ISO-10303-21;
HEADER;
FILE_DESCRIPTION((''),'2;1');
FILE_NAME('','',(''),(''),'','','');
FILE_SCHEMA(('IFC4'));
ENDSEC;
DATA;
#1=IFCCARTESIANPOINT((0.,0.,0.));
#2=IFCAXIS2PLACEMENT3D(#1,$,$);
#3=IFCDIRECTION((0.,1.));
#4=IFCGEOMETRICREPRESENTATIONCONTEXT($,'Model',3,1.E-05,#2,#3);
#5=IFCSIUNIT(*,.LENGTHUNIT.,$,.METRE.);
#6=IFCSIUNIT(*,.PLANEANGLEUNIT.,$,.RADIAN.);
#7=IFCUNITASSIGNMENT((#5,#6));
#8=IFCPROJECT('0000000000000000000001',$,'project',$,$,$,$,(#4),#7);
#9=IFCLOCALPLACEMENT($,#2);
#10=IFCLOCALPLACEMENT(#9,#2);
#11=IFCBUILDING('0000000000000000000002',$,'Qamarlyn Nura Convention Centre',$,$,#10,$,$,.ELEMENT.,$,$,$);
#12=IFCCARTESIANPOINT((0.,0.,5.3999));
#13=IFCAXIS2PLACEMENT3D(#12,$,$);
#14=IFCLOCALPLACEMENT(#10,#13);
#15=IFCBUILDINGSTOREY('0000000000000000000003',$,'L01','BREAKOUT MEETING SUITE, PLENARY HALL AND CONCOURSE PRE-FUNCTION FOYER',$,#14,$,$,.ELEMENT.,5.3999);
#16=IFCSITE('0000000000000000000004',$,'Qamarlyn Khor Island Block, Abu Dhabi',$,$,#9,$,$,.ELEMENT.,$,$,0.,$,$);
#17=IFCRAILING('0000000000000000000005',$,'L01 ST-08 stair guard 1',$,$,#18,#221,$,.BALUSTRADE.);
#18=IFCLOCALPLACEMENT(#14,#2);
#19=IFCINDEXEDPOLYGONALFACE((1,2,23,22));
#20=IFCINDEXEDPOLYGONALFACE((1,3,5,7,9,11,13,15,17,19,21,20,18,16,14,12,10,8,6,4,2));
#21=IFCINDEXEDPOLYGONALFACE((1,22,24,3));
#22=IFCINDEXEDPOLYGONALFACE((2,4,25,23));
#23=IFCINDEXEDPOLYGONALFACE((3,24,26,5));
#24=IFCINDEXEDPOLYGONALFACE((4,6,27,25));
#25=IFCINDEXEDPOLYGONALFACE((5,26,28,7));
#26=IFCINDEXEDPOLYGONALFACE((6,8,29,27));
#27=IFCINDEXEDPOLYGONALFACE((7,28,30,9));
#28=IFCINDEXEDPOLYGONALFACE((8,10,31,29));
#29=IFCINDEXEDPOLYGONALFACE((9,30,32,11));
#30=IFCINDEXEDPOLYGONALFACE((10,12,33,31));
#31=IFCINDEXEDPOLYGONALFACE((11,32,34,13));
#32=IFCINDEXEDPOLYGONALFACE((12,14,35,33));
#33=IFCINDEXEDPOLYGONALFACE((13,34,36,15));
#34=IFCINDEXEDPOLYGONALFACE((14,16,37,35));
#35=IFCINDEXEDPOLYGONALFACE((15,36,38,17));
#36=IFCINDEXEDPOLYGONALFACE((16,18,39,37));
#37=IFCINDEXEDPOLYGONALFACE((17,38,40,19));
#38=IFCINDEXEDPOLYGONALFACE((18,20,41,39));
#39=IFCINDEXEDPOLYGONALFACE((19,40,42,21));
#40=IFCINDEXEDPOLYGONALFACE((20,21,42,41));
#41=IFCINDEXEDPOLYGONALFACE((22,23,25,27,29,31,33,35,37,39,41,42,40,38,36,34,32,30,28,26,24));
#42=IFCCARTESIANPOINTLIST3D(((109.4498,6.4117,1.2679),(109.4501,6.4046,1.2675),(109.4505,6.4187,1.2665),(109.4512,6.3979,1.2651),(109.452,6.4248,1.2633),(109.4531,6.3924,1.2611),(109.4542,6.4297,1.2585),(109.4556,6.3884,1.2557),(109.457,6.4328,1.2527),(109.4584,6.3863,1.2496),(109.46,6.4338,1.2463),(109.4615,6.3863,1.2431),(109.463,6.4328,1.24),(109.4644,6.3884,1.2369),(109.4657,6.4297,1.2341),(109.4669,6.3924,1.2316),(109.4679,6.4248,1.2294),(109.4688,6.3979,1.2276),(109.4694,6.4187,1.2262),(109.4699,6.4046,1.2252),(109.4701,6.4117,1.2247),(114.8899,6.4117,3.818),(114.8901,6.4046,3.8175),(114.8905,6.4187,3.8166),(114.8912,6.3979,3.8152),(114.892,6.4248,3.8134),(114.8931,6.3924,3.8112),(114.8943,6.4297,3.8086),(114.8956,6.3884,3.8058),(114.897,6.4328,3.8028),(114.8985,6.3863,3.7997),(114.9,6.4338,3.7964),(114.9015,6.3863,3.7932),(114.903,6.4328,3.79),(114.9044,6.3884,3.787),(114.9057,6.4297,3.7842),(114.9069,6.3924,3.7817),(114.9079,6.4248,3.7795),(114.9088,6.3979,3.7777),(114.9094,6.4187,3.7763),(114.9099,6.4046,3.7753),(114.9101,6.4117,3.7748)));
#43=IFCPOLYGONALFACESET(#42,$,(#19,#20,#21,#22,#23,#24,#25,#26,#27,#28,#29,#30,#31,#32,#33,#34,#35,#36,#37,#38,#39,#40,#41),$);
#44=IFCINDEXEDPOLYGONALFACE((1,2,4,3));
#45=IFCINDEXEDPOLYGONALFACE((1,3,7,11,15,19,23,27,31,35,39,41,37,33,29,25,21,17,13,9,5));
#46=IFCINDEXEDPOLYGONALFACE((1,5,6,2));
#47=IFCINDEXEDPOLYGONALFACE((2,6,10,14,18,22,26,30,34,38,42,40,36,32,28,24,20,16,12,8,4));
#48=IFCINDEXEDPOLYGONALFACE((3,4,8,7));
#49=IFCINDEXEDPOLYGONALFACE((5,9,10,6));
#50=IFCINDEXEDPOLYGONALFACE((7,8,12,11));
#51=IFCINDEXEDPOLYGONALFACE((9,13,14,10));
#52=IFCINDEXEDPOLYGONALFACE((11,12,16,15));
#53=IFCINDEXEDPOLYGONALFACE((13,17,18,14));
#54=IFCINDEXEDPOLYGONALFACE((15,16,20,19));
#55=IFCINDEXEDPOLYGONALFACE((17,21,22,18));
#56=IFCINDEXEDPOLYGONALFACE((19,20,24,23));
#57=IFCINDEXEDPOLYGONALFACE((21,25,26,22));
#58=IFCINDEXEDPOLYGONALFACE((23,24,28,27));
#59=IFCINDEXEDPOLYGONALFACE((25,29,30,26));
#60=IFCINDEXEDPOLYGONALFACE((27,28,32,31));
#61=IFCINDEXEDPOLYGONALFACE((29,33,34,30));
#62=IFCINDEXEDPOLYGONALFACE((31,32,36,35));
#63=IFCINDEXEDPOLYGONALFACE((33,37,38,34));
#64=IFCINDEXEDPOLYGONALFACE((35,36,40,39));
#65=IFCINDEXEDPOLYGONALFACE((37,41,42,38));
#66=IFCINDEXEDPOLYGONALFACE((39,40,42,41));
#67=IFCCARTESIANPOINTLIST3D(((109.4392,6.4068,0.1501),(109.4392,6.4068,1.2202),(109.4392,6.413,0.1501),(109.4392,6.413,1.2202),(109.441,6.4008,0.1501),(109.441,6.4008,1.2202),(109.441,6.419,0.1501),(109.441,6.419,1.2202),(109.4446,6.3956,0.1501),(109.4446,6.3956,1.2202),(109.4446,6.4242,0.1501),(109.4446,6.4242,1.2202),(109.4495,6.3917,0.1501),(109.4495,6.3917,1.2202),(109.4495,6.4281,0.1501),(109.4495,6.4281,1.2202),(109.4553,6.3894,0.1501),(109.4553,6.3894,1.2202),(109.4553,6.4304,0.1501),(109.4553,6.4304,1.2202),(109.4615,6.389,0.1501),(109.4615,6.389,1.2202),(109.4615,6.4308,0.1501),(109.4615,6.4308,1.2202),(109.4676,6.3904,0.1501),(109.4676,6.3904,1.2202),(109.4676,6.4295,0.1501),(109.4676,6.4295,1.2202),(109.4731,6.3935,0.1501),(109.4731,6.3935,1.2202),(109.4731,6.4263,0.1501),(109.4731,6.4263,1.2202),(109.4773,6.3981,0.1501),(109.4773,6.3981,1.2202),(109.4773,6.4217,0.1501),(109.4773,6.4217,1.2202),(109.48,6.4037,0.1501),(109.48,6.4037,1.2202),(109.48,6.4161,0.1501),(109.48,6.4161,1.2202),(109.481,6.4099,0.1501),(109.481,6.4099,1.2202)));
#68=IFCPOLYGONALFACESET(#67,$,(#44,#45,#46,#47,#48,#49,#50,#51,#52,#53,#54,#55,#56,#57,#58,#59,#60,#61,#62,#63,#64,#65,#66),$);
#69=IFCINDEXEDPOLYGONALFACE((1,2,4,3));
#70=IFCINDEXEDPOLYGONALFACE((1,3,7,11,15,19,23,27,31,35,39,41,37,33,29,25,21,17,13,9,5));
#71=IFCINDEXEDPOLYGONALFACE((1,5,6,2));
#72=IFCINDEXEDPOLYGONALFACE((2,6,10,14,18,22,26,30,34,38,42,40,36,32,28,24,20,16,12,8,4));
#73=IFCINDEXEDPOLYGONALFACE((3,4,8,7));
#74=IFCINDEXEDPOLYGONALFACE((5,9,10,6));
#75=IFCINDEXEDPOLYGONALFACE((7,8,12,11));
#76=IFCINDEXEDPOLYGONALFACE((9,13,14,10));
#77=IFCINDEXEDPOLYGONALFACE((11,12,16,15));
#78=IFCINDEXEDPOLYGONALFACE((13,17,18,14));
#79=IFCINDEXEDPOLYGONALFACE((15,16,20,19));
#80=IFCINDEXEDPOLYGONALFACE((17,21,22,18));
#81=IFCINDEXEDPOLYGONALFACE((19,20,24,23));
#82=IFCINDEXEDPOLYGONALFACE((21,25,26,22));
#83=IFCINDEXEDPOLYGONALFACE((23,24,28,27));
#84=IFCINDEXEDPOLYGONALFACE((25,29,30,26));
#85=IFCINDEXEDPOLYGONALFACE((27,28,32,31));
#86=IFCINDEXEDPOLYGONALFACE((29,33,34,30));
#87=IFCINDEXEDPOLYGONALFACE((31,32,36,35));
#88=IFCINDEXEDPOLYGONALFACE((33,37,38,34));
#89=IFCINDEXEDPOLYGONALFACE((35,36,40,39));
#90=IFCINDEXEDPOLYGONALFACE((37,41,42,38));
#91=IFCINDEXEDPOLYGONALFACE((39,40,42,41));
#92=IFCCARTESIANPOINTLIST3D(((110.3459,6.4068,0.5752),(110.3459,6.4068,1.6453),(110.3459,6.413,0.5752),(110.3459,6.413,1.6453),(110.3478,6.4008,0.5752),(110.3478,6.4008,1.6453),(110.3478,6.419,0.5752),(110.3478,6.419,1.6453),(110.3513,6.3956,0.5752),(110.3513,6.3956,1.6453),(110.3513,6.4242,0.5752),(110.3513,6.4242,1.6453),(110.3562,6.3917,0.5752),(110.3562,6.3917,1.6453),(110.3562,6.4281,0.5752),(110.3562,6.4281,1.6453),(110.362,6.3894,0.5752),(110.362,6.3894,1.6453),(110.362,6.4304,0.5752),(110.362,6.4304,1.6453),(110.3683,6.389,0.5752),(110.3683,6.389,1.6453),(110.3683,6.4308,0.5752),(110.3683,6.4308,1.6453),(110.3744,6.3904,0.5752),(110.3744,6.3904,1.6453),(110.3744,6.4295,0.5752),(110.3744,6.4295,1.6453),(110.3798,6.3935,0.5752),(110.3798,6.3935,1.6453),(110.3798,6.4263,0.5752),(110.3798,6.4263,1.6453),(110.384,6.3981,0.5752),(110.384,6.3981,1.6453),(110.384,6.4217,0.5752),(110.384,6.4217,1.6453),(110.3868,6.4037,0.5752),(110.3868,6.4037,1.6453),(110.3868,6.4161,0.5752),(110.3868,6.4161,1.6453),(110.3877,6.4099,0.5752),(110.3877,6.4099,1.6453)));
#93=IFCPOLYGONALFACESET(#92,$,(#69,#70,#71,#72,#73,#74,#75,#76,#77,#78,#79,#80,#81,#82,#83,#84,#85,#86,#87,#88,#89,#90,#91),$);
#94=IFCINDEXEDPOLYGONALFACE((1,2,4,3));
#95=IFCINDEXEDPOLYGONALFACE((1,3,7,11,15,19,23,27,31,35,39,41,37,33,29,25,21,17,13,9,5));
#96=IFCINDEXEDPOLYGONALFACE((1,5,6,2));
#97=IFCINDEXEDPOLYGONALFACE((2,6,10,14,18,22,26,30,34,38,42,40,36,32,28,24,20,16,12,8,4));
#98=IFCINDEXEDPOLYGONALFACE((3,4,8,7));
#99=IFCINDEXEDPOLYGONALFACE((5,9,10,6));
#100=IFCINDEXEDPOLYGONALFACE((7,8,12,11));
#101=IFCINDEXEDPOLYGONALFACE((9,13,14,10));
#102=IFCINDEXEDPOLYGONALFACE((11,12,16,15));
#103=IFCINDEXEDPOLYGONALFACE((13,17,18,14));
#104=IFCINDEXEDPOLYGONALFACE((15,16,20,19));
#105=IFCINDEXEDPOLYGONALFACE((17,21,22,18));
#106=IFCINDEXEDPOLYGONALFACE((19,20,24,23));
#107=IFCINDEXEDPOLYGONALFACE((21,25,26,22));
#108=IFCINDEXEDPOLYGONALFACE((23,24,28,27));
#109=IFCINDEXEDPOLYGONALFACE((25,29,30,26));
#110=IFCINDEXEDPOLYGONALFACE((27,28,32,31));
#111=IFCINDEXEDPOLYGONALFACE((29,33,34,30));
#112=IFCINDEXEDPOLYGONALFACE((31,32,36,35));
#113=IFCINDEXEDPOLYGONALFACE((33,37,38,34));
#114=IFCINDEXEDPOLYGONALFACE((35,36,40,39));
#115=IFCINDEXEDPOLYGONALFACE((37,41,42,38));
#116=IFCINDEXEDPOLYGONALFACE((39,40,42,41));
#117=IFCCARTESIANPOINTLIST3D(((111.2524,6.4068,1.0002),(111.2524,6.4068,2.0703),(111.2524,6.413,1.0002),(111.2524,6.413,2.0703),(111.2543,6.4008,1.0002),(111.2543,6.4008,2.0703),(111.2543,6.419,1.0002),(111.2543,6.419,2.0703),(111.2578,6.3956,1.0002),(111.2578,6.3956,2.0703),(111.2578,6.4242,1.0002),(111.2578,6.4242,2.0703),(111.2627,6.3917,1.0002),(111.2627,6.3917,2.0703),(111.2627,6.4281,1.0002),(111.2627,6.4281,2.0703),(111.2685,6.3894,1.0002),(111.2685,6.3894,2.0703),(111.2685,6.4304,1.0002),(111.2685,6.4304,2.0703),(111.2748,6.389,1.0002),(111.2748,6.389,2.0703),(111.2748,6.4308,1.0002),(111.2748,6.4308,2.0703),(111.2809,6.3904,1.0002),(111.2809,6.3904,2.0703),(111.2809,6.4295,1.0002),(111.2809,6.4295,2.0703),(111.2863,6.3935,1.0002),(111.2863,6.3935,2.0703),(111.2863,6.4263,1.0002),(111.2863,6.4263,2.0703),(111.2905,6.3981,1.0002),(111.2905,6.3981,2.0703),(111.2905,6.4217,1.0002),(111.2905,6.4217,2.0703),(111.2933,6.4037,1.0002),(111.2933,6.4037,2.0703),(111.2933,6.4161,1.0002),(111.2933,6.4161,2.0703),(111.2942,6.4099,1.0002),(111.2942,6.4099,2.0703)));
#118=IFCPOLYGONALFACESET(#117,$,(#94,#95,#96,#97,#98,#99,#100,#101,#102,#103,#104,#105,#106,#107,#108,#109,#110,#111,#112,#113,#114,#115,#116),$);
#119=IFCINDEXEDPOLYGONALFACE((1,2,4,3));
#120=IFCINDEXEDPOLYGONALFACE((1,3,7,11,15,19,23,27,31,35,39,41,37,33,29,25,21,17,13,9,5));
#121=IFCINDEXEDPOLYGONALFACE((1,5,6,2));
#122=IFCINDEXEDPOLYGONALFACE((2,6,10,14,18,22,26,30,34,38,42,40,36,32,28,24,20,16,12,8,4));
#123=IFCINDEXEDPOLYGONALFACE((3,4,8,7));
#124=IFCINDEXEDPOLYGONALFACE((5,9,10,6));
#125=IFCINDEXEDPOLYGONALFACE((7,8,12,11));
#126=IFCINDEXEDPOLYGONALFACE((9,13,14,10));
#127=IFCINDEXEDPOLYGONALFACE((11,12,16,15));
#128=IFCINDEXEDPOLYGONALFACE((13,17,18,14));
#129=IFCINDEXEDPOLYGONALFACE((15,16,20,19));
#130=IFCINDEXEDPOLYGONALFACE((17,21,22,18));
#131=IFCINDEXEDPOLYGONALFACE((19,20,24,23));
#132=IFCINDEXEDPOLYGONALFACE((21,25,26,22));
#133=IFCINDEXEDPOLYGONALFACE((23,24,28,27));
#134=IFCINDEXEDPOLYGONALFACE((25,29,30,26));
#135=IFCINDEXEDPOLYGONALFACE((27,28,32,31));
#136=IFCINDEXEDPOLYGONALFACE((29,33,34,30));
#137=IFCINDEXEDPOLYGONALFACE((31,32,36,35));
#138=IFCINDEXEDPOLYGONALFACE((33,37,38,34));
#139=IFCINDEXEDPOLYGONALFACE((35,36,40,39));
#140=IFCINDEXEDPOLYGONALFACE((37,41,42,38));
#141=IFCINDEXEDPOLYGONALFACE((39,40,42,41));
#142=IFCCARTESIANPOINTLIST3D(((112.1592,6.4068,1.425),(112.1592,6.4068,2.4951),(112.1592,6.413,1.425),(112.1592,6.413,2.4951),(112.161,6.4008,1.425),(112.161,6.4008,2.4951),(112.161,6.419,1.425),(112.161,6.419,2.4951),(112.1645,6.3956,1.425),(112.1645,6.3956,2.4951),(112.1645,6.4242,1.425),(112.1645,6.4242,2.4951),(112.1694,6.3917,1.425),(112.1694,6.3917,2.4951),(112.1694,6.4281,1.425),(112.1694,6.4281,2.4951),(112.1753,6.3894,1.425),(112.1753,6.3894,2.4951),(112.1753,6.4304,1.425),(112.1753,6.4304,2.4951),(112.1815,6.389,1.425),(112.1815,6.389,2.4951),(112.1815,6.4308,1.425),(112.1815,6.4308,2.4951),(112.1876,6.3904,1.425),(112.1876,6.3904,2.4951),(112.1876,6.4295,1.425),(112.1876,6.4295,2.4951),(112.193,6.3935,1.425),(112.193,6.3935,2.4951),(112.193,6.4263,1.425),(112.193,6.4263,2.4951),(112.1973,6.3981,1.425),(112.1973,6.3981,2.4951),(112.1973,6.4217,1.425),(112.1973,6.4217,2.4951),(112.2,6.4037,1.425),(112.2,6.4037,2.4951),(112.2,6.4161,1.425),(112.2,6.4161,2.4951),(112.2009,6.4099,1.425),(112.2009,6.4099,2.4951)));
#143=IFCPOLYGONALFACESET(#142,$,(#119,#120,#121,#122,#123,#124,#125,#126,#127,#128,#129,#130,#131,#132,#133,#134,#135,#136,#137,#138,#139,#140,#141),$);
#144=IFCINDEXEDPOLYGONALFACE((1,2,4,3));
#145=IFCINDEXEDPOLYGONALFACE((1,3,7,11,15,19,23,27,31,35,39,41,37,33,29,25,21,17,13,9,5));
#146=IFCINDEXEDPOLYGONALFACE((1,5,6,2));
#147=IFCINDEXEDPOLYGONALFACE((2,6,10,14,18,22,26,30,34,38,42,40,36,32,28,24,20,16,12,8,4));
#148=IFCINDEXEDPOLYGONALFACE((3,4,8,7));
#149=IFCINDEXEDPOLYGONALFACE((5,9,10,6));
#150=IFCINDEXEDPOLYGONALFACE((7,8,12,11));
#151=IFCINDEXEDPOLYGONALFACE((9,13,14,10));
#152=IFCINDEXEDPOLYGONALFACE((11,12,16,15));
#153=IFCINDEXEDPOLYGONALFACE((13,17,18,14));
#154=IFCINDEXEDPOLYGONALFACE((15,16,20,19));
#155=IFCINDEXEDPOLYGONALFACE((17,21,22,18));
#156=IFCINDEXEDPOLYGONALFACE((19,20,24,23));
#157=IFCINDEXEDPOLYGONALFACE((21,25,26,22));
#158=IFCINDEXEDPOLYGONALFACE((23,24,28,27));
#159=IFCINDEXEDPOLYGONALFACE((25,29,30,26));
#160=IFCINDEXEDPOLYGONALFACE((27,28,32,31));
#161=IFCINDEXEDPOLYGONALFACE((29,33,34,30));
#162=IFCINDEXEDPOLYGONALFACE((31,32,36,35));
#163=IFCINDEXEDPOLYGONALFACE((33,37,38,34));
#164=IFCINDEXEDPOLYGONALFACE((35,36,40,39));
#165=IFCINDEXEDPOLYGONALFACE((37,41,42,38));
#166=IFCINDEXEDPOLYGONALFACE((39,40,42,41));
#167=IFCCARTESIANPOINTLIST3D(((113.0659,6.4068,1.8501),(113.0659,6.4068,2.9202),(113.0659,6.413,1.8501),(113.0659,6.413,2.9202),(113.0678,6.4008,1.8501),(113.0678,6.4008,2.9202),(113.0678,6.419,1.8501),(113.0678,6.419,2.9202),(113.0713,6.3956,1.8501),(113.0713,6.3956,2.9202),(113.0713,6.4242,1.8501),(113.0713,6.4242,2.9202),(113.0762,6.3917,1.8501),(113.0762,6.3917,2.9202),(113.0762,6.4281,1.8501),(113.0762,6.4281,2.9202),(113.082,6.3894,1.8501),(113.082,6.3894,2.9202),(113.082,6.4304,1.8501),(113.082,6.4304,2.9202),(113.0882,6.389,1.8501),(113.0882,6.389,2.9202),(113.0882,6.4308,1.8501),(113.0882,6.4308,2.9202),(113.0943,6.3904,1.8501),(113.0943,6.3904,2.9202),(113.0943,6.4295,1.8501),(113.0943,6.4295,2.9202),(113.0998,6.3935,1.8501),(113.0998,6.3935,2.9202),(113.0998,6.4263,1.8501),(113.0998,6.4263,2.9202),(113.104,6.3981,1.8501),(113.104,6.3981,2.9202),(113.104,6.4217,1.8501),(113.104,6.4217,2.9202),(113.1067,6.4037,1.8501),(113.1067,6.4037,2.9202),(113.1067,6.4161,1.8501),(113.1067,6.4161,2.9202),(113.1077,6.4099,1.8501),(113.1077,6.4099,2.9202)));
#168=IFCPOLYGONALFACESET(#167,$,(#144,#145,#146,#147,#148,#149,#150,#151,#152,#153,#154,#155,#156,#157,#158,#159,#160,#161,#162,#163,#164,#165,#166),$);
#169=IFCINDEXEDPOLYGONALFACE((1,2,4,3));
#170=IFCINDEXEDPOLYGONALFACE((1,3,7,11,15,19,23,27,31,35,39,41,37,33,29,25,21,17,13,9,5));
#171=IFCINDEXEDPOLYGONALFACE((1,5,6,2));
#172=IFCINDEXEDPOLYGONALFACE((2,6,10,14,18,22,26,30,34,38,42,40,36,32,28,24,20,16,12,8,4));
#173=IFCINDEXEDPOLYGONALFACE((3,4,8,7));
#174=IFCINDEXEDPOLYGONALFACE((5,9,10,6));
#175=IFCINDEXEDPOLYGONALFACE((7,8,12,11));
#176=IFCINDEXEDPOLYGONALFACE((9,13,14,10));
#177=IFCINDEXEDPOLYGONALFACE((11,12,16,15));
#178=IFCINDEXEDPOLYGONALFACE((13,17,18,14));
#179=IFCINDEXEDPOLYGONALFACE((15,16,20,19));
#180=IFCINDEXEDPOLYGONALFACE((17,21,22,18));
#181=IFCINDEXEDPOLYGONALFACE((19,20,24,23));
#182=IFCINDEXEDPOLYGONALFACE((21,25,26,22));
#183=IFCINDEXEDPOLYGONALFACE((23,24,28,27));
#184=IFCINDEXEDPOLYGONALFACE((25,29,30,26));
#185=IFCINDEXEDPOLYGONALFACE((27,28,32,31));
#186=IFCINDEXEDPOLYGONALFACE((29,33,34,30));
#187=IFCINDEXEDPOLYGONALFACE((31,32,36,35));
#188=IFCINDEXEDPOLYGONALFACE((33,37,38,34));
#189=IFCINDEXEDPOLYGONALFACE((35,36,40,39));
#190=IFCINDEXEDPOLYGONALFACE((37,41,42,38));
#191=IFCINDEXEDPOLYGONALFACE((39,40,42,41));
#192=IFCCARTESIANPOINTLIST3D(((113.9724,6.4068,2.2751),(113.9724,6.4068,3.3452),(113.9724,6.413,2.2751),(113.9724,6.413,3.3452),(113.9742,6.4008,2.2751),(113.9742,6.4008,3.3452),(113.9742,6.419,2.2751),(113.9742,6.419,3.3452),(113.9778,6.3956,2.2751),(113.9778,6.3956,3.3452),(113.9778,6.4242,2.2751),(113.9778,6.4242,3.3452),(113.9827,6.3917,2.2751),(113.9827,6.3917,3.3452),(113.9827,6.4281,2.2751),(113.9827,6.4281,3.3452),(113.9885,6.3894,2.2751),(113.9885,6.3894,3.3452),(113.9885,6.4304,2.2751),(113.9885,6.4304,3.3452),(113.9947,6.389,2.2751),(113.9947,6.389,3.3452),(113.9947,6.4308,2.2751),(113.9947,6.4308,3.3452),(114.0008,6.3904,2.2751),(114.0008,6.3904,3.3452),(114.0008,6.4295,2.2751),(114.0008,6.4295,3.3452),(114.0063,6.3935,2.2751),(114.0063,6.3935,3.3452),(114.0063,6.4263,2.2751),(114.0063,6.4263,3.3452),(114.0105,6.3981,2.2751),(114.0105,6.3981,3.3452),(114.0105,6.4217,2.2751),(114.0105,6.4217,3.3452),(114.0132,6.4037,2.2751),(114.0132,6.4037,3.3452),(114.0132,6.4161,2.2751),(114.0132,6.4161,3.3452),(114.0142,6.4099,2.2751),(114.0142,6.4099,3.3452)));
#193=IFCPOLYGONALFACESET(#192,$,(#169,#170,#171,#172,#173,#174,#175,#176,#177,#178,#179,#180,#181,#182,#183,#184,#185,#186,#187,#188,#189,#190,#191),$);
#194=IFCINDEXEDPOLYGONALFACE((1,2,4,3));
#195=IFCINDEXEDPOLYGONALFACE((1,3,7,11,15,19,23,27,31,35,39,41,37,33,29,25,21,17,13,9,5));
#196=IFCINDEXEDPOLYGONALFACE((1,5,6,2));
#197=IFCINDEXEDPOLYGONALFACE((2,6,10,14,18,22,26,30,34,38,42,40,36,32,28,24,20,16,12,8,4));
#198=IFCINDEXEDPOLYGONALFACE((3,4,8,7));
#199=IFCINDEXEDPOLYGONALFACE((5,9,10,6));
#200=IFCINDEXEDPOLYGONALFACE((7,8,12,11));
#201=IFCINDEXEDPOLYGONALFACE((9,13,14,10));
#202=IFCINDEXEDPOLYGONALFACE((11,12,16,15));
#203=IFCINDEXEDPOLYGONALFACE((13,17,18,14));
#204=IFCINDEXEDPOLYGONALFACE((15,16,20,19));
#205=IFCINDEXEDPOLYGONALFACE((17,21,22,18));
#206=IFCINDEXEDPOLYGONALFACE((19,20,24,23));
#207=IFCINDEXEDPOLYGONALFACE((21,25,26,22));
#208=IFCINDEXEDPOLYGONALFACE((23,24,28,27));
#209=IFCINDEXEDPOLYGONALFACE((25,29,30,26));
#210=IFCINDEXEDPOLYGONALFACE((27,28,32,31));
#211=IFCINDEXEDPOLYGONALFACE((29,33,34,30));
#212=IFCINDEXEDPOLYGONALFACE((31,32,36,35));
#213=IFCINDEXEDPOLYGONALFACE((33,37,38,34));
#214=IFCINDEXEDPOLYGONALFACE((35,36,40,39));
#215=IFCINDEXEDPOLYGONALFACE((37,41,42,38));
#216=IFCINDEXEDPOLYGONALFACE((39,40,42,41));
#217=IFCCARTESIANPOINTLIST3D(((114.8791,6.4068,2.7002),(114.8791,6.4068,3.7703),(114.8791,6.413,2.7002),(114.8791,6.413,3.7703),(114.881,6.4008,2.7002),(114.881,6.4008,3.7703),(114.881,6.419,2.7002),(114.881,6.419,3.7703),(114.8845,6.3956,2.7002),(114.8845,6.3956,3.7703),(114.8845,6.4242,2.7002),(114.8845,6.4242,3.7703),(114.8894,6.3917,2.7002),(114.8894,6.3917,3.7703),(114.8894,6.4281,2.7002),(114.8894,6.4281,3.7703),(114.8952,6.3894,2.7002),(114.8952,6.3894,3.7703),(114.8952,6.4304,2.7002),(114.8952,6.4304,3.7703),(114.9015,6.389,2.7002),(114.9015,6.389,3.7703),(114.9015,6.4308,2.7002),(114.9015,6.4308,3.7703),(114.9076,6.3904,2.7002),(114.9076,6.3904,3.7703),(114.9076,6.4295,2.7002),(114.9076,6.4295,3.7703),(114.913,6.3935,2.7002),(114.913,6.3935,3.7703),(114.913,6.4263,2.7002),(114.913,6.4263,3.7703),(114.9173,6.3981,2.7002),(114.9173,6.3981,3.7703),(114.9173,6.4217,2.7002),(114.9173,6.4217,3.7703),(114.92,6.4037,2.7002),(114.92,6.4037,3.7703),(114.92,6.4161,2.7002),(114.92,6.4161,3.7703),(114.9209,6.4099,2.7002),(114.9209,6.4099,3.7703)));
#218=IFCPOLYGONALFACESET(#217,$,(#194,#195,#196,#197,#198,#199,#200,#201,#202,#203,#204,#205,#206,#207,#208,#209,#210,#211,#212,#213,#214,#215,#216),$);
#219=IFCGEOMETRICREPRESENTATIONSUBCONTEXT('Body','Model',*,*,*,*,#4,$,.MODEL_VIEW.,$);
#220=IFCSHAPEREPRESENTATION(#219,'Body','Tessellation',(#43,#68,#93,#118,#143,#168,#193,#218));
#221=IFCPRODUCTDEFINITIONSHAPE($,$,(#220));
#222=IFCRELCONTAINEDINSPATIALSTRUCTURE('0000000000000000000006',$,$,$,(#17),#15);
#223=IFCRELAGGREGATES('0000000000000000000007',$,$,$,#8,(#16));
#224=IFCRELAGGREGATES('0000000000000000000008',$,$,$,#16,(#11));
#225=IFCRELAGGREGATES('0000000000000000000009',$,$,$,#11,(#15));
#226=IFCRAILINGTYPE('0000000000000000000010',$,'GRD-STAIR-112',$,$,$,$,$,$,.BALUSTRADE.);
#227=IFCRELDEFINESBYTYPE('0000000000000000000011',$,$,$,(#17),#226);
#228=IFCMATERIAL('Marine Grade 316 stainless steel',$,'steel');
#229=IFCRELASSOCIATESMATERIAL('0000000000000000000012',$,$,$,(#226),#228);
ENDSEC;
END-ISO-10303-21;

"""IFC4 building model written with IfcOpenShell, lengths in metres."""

from ifc_helpers import new_model, si_unit, direction, frame, origin, origin_2d, place, context, subcontext, project, spatial, circle, extrude, material, type_object, element, save


model = new_model("IFC4")

# Units and contexts
model_context = context("Model", 3, precision=1e-05, world=origin(), true_north=direction((0.0, 1.0)))
body_context = subcontext(model_context, "Body", "Model", "MODEL_VIEW")
ifc_project = project(units=[si_unit("LENGTHUNIT", "METRE"), si_unit("PLANEANGLEUNIT", "RADIAN")], contexts=[model_context])

# Site, building, storey
site_placement = place(None, origin())
site = spatial("IfcSite", under=ifc_project, at=site_placement, Name="Qamarlyn Khor Island Block, Abu Dhabi", CompositionType="ELEMENT", RefElevation=0.0)
building_placement = place(site_placement, origin())
building = spatial("IfcBuilding", under=site, at=building_placement, Name="Qamarlyn Nura Convention Centre", CompositionType="ELEMENT")
storey_placement = place(building_placement, frame((0.0, 0.0, 5.3999)))
storey = spatial("IfcBuildingStorey", under=building, at=storey_placement, Name="L01", Description="BREAKOUT MEETING SUITE, PLENARY HALL AND CONCOURSE PRE-FUNCTION FOYER", CompositionType="ELEMENT", Elevation=5.3999)

# Railing
ifc_material_1 = material(Name="Marine Grade 316 stainless steel", Category="steel")
railing_type = type_object("IfcRailingType", Name="GRD-STAIR-112", PredefinedType="BALUSTRADE", material=ifc_material_1)
railing_placement = place(storey_placement, frame((109.46, 6.4099, 0.1501)))
element("IfcRailing", 1, at=railing_placement, inside=storey, type_object=railing_type, Name="L01 ST-08 stair guard 1", PredefinedType="BALUSTRADE", context=body_context, shape_type="SweptSolid", body=[
    extrude(circle(Radius=0.0239, at=origin_2d()), frame((0.0, 0.0, 1.0962), z_axis=(0.905454, 0.0, 0.424444), x_axis=(0.0, 1.0, 0.0)), (0.0, 0.0, 1.0), 6.0081),
    extrude(circle(Radius=0.021, at=origin_2d()), origin(), (0.0, 0.0, 1.0), 1.0701),
    extrude(circle(Radius=0.021, at=origin_2d()), frame((0.9067, 0.0, 0.425)), (0.0, 0.0, 1.0), 1.0701),
    extrude(circle(Radius=0.021, at=origin_2d()), frame((1.8132, 0.0, 0.8501)), (0.0, 0.0, 1.0), 1.0701),
    extrude(circle(Radius=0.021, at=origin_2d()), frame((2.72, 0.0, 1.2749)), (0.0, 0.0, 1.0), 1.0701),
    extrude(circle(Radius=0.021, at=origin_2d()), frame((3.6267, 0.0, 1.7)), (0.0, 0.0, 1.0), 1.0701),
    extrude(circle(Radius=0.021, at=origin_2d()), frame((4.5332, 0.0, 2.125)), (0.0, 0.0, 1.0), 1.0701),
    extrude(circle(Radius=0.021, at=origin_2d()), frame((5.4399, 0.0, 2.55)), (0.0, 0.0, 1.0), 1.0701),
])

save(model, "model.ifc")
